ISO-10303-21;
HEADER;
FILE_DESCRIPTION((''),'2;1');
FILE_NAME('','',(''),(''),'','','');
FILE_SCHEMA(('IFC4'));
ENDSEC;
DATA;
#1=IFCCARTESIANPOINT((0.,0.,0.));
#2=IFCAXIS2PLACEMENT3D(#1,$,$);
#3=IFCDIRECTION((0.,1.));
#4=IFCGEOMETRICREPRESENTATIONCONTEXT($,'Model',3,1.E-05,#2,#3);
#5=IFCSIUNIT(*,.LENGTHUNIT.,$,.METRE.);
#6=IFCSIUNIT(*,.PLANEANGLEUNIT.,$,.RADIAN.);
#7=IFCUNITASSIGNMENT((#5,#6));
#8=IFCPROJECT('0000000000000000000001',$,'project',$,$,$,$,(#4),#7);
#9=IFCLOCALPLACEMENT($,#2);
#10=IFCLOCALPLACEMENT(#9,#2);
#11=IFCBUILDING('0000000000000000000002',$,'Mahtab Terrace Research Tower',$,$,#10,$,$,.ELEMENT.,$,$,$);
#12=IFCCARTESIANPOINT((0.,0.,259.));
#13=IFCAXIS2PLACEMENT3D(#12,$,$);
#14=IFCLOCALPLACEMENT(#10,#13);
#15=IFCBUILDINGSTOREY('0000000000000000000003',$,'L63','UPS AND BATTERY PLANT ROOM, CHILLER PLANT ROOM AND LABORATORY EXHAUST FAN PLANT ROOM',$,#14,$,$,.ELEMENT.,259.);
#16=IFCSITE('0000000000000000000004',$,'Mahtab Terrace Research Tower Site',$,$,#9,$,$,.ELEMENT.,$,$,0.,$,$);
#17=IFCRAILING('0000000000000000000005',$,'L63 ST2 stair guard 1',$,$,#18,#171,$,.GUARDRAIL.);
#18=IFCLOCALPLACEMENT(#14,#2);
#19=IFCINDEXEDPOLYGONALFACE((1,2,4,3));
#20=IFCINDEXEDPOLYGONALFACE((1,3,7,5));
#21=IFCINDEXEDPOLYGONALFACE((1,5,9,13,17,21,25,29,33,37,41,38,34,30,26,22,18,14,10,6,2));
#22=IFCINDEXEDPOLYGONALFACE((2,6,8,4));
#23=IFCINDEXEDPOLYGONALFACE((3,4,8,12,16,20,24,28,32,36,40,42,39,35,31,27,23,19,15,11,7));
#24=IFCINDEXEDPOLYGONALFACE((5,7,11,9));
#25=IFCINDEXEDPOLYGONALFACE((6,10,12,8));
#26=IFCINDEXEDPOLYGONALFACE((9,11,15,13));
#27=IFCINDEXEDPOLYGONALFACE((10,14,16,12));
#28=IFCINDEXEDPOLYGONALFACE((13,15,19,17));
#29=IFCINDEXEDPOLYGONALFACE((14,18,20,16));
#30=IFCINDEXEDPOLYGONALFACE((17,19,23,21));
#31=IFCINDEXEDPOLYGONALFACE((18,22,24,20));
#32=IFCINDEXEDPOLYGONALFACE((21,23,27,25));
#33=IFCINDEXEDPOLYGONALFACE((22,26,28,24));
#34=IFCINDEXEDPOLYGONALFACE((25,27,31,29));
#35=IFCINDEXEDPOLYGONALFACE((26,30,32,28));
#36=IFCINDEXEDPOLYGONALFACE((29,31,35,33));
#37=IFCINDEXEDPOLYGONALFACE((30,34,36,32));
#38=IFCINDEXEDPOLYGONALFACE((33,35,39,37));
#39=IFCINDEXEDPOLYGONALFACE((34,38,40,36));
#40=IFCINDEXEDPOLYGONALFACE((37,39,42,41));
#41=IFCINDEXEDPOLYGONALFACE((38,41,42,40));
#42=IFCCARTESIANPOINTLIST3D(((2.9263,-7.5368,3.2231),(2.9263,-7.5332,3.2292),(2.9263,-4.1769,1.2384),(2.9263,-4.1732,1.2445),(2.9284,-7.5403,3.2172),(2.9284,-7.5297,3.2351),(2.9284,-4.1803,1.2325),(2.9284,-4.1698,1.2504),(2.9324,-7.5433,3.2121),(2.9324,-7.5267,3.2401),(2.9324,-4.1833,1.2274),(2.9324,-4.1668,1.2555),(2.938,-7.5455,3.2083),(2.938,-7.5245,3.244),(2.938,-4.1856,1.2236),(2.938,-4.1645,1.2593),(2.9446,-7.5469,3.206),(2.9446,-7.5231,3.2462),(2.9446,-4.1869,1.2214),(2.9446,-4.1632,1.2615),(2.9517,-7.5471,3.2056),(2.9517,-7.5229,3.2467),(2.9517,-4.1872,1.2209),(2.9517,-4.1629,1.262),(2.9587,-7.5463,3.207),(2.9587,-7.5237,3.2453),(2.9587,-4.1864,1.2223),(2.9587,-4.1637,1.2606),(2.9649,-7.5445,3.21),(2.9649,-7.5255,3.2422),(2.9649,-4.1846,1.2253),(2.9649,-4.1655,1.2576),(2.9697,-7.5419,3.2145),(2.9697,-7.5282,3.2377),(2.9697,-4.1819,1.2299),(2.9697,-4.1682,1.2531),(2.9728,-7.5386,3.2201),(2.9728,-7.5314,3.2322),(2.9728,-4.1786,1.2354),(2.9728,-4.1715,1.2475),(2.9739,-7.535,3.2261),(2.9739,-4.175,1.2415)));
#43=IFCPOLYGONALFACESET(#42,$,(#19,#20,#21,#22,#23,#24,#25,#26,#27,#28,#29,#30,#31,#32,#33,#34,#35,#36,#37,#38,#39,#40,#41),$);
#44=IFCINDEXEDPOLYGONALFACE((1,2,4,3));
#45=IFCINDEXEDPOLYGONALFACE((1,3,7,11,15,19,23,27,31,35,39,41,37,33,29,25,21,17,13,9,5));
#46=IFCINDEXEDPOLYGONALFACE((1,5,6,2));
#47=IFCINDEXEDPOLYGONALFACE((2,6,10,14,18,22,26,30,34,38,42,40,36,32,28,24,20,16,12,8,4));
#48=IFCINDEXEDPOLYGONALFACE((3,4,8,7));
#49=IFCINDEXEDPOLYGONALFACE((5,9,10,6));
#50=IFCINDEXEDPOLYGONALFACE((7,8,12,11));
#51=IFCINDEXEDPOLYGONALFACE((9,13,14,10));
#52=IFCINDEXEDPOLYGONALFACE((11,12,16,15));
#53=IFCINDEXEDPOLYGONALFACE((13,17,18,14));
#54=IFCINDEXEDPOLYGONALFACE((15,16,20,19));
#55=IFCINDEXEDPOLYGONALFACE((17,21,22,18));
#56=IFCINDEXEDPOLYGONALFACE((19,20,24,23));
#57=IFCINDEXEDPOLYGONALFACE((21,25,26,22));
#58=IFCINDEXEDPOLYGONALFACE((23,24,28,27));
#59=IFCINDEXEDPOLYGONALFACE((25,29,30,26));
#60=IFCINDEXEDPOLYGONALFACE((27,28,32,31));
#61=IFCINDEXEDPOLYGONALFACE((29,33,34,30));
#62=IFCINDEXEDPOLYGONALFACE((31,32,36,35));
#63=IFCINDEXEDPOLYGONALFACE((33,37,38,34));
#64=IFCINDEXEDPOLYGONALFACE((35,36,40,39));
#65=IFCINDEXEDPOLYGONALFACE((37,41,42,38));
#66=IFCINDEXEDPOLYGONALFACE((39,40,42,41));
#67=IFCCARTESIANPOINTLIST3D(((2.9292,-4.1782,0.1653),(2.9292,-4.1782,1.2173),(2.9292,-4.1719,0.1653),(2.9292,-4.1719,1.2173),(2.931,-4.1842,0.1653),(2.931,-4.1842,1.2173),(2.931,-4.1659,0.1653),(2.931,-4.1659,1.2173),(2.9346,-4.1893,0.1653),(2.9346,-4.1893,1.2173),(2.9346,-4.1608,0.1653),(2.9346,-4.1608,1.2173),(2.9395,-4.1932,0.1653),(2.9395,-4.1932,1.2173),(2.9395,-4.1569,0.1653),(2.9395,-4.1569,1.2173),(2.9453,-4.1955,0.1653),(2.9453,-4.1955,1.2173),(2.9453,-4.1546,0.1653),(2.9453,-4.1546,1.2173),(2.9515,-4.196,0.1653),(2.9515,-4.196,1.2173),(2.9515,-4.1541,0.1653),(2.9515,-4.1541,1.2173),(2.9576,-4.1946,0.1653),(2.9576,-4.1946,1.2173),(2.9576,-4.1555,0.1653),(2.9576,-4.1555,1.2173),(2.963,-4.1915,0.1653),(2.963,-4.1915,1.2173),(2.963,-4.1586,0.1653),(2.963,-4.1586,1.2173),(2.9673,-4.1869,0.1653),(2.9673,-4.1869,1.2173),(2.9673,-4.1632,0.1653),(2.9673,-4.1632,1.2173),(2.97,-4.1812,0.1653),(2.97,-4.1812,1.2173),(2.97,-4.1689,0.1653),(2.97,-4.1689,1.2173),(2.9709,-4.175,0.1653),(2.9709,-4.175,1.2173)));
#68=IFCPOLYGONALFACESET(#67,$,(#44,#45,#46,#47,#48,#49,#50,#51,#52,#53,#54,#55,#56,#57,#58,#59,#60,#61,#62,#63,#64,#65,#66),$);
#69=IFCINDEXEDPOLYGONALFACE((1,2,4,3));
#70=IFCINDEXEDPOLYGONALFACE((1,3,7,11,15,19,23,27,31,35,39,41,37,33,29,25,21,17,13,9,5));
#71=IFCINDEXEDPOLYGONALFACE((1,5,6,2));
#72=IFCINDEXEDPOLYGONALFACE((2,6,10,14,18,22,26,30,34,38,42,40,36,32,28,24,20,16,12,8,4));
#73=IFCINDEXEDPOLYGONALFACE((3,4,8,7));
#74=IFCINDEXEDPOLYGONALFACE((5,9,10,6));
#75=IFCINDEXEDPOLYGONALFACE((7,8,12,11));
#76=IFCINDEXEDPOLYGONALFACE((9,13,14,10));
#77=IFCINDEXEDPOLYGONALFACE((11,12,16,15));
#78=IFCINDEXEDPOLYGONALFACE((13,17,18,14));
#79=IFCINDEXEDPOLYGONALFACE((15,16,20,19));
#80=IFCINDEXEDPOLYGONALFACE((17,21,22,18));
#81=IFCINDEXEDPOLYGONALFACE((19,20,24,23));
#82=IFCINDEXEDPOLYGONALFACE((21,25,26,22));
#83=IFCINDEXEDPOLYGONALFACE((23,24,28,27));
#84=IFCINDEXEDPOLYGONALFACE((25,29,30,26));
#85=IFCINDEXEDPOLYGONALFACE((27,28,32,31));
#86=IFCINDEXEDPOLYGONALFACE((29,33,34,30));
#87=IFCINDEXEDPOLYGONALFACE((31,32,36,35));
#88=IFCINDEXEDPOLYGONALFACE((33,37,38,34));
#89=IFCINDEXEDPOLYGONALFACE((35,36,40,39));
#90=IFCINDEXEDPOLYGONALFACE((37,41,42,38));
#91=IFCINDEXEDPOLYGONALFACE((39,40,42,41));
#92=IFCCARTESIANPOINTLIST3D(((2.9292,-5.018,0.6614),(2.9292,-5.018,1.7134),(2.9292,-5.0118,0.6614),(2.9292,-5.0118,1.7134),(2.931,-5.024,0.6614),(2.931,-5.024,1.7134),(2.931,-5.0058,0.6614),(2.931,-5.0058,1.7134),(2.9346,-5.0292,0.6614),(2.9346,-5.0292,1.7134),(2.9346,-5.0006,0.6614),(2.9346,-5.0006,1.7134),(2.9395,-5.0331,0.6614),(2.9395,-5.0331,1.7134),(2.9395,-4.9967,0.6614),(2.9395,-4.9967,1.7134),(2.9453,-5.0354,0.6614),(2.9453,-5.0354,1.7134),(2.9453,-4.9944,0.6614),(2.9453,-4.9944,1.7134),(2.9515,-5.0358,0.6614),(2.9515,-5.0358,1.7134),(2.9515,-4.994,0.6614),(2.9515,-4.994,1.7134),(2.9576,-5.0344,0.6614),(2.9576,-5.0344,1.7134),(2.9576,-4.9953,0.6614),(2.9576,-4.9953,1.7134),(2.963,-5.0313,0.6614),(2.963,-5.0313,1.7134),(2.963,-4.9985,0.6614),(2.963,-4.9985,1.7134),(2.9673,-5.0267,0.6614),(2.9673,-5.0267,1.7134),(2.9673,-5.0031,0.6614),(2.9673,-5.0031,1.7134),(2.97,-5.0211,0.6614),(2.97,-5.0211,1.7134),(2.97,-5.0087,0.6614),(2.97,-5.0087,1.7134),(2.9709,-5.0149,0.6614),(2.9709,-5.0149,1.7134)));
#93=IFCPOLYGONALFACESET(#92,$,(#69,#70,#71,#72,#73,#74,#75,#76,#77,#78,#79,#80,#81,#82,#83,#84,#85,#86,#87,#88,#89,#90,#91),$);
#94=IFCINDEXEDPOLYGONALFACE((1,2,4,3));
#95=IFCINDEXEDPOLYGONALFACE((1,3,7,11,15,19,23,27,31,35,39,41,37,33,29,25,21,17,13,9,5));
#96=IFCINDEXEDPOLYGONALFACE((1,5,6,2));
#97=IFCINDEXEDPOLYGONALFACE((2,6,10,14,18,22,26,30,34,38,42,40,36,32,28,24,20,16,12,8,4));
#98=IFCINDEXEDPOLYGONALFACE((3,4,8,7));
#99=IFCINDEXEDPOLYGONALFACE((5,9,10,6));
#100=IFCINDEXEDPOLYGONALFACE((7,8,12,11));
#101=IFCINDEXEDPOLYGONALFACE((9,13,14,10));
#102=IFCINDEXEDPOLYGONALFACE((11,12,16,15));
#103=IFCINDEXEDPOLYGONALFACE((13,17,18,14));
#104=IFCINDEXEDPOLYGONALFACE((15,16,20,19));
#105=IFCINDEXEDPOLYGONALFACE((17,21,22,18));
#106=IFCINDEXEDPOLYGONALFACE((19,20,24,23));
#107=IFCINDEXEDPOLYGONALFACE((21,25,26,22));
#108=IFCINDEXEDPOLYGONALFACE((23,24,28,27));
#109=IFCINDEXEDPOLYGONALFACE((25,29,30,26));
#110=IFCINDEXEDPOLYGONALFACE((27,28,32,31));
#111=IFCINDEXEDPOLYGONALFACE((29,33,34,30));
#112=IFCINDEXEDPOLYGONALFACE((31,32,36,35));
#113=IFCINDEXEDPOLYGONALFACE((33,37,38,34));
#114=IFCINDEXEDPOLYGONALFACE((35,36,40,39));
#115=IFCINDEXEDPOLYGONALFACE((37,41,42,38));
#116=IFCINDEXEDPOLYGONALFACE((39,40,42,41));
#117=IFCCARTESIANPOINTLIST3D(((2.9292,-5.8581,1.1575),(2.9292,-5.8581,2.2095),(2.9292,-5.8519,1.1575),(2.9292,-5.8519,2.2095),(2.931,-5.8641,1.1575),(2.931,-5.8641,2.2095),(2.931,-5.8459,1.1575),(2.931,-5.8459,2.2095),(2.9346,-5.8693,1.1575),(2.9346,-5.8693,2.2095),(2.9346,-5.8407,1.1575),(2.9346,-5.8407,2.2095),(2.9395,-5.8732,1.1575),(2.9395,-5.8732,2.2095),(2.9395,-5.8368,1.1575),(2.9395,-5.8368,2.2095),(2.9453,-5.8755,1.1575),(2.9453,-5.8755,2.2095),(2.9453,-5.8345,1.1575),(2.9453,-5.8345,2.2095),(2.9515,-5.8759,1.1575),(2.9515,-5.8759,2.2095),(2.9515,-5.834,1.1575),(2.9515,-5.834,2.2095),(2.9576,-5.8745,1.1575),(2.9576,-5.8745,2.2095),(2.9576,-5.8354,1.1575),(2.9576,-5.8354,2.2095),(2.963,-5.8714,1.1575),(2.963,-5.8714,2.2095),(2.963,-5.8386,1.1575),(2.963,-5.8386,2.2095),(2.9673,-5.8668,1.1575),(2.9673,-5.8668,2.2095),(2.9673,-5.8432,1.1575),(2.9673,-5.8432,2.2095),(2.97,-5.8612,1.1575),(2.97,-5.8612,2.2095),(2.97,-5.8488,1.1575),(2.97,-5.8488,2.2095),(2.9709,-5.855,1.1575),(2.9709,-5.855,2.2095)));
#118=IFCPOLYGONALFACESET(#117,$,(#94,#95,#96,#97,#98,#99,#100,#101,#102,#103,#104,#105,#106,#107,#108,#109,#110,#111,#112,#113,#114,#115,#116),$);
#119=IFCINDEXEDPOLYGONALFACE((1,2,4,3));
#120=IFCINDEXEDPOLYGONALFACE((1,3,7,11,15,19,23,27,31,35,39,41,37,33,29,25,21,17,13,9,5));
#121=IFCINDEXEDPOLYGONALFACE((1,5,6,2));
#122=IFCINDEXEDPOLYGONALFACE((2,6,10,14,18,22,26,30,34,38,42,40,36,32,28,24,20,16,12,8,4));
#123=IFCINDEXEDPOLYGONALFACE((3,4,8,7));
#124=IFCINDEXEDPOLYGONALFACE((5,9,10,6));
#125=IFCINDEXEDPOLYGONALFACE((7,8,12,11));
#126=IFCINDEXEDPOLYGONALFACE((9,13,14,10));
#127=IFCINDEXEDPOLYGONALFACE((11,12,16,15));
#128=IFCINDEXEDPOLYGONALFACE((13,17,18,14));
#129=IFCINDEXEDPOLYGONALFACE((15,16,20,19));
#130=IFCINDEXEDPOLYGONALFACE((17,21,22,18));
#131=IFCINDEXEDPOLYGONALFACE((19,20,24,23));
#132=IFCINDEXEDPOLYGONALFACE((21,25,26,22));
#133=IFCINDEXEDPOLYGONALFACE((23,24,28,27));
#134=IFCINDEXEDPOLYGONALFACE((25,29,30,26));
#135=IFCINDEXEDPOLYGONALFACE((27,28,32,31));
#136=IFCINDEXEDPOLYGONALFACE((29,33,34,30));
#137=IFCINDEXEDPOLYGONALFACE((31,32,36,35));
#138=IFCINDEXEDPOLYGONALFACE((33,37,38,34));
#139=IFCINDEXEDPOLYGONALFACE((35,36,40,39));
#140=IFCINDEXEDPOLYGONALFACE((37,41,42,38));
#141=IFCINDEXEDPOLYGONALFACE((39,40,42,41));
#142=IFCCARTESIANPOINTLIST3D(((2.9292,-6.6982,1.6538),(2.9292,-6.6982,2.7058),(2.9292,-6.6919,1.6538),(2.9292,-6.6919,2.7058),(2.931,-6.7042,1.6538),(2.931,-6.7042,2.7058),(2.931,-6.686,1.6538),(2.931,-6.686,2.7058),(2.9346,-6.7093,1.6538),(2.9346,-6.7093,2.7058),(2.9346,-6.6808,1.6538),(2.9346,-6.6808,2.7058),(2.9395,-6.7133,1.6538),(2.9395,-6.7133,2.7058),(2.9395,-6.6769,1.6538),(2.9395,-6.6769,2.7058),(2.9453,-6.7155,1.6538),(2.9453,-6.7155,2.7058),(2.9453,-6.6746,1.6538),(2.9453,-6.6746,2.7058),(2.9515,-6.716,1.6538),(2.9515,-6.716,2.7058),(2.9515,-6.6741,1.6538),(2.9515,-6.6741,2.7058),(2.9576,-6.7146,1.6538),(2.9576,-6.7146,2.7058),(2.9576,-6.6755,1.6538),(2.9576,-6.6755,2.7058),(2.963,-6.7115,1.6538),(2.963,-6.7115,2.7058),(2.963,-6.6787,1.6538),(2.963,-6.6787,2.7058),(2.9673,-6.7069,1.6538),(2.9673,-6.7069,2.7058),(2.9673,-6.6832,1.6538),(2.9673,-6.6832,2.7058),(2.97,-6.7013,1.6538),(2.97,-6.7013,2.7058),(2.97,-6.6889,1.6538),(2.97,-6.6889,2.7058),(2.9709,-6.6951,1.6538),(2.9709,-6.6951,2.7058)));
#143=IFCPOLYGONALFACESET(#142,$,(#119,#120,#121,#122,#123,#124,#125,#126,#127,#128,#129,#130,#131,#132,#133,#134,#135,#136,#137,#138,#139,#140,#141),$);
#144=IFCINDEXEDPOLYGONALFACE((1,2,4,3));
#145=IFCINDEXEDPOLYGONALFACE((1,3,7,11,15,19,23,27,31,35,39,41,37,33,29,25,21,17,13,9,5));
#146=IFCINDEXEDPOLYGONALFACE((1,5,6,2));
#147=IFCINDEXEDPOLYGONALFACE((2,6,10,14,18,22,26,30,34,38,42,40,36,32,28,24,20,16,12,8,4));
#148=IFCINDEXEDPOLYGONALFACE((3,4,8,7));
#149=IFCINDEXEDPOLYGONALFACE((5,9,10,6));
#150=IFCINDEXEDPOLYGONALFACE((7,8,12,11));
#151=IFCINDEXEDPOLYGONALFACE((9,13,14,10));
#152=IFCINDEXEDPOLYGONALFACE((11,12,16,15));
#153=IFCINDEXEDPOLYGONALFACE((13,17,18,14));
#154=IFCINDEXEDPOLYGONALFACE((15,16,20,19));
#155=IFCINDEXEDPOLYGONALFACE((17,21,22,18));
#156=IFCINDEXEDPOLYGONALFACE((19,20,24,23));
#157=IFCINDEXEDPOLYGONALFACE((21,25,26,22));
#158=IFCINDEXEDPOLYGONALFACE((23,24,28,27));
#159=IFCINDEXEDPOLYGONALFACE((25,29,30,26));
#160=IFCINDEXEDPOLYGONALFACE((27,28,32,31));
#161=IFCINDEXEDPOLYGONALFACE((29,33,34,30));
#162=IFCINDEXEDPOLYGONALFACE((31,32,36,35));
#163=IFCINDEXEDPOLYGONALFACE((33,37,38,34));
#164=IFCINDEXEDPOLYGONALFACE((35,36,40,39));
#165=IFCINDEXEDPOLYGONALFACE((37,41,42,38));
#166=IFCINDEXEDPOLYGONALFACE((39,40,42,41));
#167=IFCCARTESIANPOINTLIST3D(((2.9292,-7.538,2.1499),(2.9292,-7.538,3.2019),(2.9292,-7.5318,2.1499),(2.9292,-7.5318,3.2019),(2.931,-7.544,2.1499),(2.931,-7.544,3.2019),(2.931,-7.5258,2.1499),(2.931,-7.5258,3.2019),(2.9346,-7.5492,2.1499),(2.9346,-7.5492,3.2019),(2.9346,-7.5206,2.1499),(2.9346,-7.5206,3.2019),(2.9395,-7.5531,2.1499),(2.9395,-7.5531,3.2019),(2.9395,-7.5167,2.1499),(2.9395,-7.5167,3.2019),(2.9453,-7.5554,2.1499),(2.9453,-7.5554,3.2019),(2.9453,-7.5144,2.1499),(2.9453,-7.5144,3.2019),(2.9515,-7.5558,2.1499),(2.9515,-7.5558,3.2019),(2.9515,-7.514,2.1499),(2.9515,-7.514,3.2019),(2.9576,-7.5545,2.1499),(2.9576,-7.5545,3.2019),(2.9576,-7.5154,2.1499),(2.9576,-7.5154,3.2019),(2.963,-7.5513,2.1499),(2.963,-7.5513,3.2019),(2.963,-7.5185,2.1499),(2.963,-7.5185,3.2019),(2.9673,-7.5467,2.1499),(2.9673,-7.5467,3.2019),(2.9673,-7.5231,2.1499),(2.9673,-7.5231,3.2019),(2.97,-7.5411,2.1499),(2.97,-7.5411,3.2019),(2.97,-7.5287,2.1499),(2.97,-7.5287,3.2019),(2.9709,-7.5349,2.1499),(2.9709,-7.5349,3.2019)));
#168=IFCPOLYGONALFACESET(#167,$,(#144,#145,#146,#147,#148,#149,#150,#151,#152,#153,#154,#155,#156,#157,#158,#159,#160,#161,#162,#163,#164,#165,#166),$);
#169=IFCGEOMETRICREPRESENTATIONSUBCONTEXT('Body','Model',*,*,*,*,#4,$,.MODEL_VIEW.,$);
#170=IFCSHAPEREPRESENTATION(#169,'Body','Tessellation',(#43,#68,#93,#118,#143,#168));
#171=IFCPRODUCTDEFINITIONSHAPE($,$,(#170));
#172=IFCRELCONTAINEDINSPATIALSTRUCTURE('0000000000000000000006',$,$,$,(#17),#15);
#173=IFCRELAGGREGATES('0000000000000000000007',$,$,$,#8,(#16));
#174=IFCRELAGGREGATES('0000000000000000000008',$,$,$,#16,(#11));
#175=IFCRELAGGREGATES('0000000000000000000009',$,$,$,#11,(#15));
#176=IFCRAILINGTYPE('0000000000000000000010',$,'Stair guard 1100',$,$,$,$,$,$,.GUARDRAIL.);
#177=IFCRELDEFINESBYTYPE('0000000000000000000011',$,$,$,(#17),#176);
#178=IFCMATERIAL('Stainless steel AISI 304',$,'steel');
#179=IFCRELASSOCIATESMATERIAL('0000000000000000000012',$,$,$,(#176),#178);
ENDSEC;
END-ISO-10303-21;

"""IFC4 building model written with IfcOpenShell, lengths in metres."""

from ifc_helpers import new_model, si_unit, direction, frame, origin, origin_2d, place, context, subcontext, project, spatial, circle, extrude, material, type_object, element, save


model = new_model("IFC4")

# Units and contexts
model_context = context("Model", 3, precision=1e-05, world=origin(), true_north=direction((0.0, 1.0)))
body_context = subcontext(model_context, "Body", "Model", "MODEL_VIEW")
ifc_project = project(units=[si_unit("LENGTHUNIT", "METRE"), si_unit("PLANEANGLEUNIT", "RADIAN")], contexts=[model_context])

# Site, building, storey
site_placement = place(None, origin())
site = spatial("IfcSite", under=ifc_project, at=site_placement, Name="Mahtab Terrace Research Tower Site", CompositionType="ELEMENT", RefElevation=0.0)
building_placement = place(site_placement, origin())
building = spatial("IfcBuilding", under=site, at=building_placement, Name="Mahtab Terrace Research Tower", CompositionType="ELEMENT")
storey_placement = place(building_placement, frame((0.0, 0.0, 259.0)))
storey = spatial("IfcBuildingStorey", under=building, at=storey_placement, Name="L63", Description="UPS AND BATTERY PLANT ROOM, CHILLER PLANT ROOM AND LABORATORY EXHAUST FAN PLANT ROOM", CompositionType="ELEMENT", Elevation=259.0)

# Railing
ifc_material_1 = material(Name="Stainless steel AISI 304", Category="steel")
railing_type = type_object("IfcRailingType", Name="Stair guard 1100", PredefinedType="GUARDRAIL", material=ifc_material_1)
railing_1_placement = place(storey_placement, frame((2.95, -4.175, 0.1653)))
element("IfcRailing", 1, at=railing_1_placement, inside=storey, type_object=railing_type, Name="L63 ST2 stair guard 1", PredefinedType="GUARDRAIL", context=body_context, shape_type="SweptSolid", body=[
    extrude(circle(Radius=0.0239, at=origin_2d()), frame((0.0, 0.0, 1.0762), z_axis=(0.0, -0.861011, 0.508586), x_axis=(1.0, 0.0, 0.0)), (0.0, 0.0, 1.0), 3.9023),
    extrude(circle(Radius=0.021, at=origin_2d()), origin(), (0.0, 0.0, 1.0), 1.052),
    extrude(circle(Radius=0.021, at=origin_2d()), frame((0.0, -0.8398, 0.4961)), (0.0, 0.0, 1.0), 1.052),
    extrude(circle(Radius=0.021, at=origin_2d()), frame((0.0, -1.6799, 0.9922)), (0.0, 0.0, 1.0), 1.052),
    extrude(circle(Radius=0.021, at=origin_2d()), frame((0.0, -2.52, 1.4885)), (0.0, 0.0, 1.0), 1.052),
    extrude(circle(Radius=0.021, at=origin_2d()), frame((0.0, -3.3599, 1.9846)), (0.0, 0.0, 1.0), 1.052),
])

save(model, "model.ifc")
